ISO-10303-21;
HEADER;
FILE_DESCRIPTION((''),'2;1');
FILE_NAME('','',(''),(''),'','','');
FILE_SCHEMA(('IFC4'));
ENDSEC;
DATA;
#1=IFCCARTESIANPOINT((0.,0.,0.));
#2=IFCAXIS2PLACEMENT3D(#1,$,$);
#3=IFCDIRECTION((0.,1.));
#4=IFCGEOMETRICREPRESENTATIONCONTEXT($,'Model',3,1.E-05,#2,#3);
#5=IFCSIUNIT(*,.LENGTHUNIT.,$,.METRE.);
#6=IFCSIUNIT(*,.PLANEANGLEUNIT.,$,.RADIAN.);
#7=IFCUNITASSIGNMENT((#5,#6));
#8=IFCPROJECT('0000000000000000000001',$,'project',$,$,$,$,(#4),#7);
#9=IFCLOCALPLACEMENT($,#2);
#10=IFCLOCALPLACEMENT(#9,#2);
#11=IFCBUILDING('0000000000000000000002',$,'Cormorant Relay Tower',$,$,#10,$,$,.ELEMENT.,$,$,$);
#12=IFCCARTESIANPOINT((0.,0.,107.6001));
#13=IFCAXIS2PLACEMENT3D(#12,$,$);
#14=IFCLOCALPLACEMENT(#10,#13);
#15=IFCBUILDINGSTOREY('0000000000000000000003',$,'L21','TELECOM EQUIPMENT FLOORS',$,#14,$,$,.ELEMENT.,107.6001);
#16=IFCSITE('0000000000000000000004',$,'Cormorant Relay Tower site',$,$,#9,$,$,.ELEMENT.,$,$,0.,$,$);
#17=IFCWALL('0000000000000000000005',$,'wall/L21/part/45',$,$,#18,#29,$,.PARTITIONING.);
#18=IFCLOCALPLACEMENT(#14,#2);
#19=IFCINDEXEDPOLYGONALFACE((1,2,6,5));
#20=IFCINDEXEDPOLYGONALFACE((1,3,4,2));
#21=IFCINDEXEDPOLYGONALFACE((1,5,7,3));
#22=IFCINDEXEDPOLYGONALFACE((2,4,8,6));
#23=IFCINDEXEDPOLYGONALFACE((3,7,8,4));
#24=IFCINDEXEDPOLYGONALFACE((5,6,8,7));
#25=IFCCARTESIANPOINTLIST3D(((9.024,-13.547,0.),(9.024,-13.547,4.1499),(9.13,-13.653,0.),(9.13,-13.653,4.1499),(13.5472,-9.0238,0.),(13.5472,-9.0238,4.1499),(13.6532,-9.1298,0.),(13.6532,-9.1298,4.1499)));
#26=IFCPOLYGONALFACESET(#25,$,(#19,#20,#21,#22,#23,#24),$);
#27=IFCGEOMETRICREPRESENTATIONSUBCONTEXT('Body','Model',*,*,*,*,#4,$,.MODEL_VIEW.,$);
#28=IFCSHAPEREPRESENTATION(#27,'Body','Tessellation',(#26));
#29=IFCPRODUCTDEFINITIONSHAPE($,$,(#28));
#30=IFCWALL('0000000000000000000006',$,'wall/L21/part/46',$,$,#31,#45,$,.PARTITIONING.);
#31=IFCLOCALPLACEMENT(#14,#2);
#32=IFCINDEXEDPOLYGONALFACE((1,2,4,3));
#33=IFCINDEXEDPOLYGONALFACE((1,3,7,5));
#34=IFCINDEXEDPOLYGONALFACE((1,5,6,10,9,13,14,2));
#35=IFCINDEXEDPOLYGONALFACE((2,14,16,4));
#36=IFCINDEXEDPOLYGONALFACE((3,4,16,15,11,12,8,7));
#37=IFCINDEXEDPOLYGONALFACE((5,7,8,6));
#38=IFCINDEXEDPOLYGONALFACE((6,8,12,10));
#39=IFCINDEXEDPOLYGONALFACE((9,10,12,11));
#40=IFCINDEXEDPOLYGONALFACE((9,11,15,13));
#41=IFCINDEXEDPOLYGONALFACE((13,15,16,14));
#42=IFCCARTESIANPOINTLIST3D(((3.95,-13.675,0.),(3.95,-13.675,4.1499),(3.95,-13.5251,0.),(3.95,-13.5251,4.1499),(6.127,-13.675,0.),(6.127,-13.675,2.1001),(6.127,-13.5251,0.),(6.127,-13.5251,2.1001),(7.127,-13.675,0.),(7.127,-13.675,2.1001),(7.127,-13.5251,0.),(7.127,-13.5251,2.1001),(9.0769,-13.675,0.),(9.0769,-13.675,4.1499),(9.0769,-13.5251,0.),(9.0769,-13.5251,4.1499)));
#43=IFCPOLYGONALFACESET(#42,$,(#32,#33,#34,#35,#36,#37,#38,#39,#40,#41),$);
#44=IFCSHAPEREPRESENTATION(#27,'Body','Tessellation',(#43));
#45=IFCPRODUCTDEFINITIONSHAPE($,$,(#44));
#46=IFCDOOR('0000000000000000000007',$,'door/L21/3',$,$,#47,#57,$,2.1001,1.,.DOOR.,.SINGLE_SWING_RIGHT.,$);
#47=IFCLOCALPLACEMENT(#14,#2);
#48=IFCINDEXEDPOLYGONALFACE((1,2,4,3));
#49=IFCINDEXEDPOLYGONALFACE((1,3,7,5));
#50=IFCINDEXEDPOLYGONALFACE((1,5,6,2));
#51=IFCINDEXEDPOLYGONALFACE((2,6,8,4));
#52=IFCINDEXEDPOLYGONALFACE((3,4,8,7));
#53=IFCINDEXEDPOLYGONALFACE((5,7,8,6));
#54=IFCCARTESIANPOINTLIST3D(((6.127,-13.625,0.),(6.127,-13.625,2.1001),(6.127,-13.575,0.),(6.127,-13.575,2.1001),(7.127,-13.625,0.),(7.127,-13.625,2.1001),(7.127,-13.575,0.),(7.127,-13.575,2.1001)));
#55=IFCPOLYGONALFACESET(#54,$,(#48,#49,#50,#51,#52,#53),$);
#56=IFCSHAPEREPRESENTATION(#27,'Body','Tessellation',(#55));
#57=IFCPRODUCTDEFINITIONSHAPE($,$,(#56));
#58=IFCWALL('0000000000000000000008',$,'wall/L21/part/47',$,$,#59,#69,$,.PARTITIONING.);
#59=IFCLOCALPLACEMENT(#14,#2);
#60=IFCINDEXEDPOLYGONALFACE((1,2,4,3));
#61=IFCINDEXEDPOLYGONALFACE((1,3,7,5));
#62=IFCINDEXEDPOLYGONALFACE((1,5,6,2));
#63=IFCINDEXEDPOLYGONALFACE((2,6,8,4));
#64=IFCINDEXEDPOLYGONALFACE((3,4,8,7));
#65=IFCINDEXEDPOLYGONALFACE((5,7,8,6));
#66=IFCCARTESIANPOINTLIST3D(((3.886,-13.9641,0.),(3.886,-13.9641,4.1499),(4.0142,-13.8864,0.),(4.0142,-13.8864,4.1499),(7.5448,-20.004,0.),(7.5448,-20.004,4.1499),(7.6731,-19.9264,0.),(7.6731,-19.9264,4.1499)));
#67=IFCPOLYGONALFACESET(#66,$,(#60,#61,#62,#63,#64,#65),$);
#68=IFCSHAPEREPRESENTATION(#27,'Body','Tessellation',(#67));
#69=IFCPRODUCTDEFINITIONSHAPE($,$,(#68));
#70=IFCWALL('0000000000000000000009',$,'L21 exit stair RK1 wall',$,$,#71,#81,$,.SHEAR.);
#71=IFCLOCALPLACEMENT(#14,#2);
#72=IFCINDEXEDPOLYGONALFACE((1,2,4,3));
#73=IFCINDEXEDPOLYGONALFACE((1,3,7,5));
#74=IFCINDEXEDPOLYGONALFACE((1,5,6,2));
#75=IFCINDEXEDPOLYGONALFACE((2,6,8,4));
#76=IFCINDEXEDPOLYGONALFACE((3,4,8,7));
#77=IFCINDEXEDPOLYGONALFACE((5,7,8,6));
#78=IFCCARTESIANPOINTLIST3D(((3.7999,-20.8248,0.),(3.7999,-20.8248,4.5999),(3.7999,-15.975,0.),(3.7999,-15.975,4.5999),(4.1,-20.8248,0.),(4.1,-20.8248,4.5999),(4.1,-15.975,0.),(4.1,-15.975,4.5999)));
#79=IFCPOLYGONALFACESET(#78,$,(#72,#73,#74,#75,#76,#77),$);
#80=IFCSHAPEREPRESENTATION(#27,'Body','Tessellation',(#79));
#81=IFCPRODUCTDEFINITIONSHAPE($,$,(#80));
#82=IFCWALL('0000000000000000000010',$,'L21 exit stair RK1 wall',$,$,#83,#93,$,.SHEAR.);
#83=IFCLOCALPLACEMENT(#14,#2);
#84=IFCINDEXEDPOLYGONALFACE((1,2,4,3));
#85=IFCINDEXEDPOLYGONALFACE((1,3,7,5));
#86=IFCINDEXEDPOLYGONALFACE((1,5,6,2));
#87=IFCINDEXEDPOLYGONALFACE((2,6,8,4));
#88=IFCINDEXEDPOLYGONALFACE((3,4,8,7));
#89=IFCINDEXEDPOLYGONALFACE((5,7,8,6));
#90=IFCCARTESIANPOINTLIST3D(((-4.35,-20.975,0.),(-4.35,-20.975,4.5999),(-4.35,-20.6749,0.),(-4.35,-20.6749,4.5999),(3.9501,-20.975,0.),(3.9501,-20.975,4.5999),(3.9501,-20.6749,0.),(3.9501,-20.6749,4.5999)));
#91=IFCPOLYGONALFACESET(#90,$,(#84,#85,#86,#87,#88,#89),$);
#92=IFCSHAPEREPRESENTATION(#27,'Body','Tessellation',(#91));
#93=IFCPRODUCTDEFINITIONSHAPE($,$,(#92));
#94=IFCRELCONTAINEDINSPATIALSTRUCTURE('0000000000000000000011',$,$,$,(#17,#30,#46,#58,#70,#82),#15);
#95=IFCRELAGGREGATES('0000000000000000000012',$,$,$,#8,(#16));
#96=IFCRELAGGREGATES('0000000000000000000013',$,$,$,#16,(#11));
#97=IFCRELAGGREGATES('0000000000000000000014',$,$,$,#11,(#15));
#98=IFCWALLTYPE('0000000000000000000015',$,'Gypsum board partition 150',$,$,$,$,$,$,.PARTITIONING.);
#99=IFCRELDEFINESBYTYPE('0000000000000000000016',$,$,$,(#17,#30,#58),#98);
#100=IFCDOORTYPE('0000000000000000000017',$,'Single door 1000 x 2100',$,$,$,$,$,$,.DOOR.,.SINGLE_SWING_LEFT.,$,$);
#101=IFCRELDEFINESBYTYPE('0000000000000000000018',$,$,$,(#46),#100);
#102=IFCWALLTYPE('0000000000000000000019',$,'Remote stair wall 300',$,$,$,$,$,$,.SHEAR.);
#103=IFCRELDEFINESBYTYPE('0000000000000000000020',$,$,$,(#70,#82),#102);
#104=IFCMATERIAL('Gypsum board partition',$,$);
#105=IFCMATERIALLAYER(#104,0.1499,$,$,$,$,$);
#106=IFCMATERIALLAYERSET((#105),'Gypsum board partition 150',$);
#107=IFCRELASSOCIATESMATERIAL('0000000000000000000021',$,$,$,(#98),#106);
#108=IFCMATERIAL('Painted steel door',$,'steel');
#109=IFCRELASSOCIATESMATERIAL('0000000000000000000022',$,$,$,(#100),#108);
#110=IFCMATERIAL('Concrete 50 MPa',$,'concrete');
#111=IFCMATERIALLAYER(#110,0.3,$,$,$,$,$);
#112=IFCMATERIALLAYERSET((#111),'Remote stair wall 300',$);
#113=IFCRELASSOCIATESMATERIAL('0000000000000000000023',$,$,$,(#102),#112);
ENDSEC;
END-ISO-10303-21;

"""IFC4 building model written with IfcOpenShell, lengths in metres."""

from ifc_helpers import new_model, si_unit, direction, frame, frame_2d, origin, place, context, subcontext, project, spatial, rectangle, extrude, material, layer, layer_set, type_object, element, fill, save


model = new_model("IFC4")

# Units and contexts
model_context = context("Model", 3, precision=1e-05, world=origin(), true_north=direction((0.0, 1.0)))
body_context = subcontext(model_context, "Body", "Model", "MODEL_VIEW")
ifc_project = project(units=[si_unit("LENGTHUNIT", "METRE"), si_unit("PLANEANGLEUNIT", "RADIAN")], contexts=[model_context])

# Site, building, storey
site_placement = place(None, origin())
site = spatial("IfcSite", under=ifc_project, at=site_placement, Name="Cormorant Relay Tower site", CompositionType="ELEMENT", RefElevation=0.0)
building_placement = place(site_placement, origin())
building = spatial("IfcBuilding", under=site, at=building_placement, Name="Cormorant Relay Tower", CompositionType="ELEMENT")
storey_placement = place(building_placement, frame((0.0, 0.0, 107.6001)))
storey = spatial("IfcBuildingStorey", under=building, at=storey_placement, Name="L21", Description="TELECOM EQUIPMENT FLOORS", CompositionType="ELEMENT", Elevation=107.6001)

# Wall
ifc_material_1 = material(Name="Gypsum board partition")
ifc_layer_1 = layer(ifc_material_1, 0.1499)
ifc_layer_set_1 = layer_set([ifc_layer_1], Name="Gypsum board partition 150")
wall_type_1 = type_object("IfcWallType", Name="Gypsum board partition 150", PredefinedType="PARTITIONING", material=ifc_layer_set_1)
wall_1_placement = place(storey_placement, frame((13.6001, -9.0769, 0.0), z_axis=(0.0, 0.0, 1.0), x_axis=(-0.707107, -0.707107, 0.0)))
element("IfcWall", 1, at=wall_1_placement, inside=storey, type_object=wall_type_1, Name="wall/L21/part/45", PredefinedType="PARTITIONING", context=body_context, shape_type="SweptSolid", body=[
    extrude(rectangle(XDim=6.3967, YDim=0.1499, at=frame_2d((3.1982, 0.0))), origin(), (0.0, 0.0, 1.0), 4.1499),
])

# Wall, opening, door
wall_2_placement = place(storey_placement, frame((9.0769, -13.6001, 0.0), z_axis=(0.0, 0.0, 1.0), x_axis=(-1.0, 0.0, 0.0)))
wall_2 = element("IfcWall", 2, at=wall_2_placement, inside=storey, type_object=wall_type_1, Name="wall/L21/part/46", PredefinedType="PARTITIONING", context=body_context, shape_type="SweptSolid", body=[
    extrude(rectangle(XDim=5.127, YDim=0.1499, at=frame_2d((2.5635, 0.0))), origin(), (0.0, 0.0, 1.0), 4.1499),
])
opening_1_placement = place(wall_2_placement, frame((1.95, 0.0, 0.0)))
opening_1 = element("IfcOpeningElement", 3, at=opening_1_placement, cuts=wall_2, PredefinedType="OPENING", context=body_context, shape_type="SweptSolid", body=[
    extrude(rectangle(XDim=1.0, YDim=2.1001, at=frame_2d((0.5, 1.05))), frame((0.0, 0.085, 0.0), z_axis=(0.0, -1.0, 0.0), x_axis=(1.0, 0.0, 0.0)), (0.0, 0.0, 1.0), 0.1699),
])
ifc_material_2 = material(Name="Painted steel door", Category="steel")
door_type_1 = type_object("IfcDoorType", Name="Single door 1000 x 2100", OperationType="SINGLE_SWING_LEFT", PredefinedType="DOOR", material=ifc_material_2)
door_1_placement = place(opening_1_placement, origin())
door_1 = element("IfcDoor", 4, at=door_1_placement, inside=storey, type_object=door_type_1, Name="door/L21/3", OperationType="SINGLE_SWING_RIGHT", OverallHeight=2.1001, OverallWidth=1.0, PredefinedType="DOOR", context=body_context, shape_type="SweptSolid", body=[
    extrude(rectangle(XDim=1.0, YDim=2.1001, at=frame_2d((0.5, 1.05))), frame((0.0, 0.0249, 0.0), z_axis=(0.0, -1.0, 0.0), x_axis=(1.0, 0.0, 0.0)), (0.0, 0.0, 1.0), 0.05),
])
fill(opening_1, door_1)

# Walls
wall_3_placement = place(storey_placement, frame((7.6089, -19.9651, 0.0), z_axis=(0.0, 0.0, 1.0), x_axis=(-0.518126, 0.855304, 0.0)))
element("IfcWall", 5, at=wall_3_placement, inside=storey, type_object=wall_type_1, Name="wall/L21/part/47", PredefinedType="PARTITIONING", context=body_context, shape_type="SweptSolid", body=[
    extrude(rectangle(XDim=7.0618, YDim=0.1499, at=frame_2d((3.5308, 0.0))), origin(), (0.0, 0.0, 1.0), 4.1499),
])
ifc_material_3 = material(Name="Concrete 50 MPa", Category="concrete")
ifc_layer_2 = layer(ifc_material_3, 0.3)
ifc_layer_set_2 = layer_set([ifc_layer_2], Name="Remote stair wall 300")
wall_type_2 = type_object("IfcWallType", Name="Remote stair wall 300", PredefinedType="SHEAR", material=ifc_layer_set_2)
wall_4_placement = place(storey_placement, frame((3.95, -15.9751, 0.0), z_axis=(0.0, 0.0, 1.0), x_axis=(0.0, -1.0, 0.0)))
element("IfcWall", 6, at=wall_4_placement, inside=storey, type_object=wall_type_2, Name="L21 exit stair RK1 wall", PredefinedType="SHEAR", context=body_context, shape_type="SweptSolid", body=[
    extrude(rectangle(XDim=4.8499, YDim=0.3, at=frame_2d((2.4248, 0.0))), origin(), (0.0, 0.0, 1.0), 4.5999),
])
wall_5_placement = place(storey_placement, frame((3.95, -20.825, 0.0), z_axis=(0.0, 0.0, 1.0), x_axis=(-1.0, 0.0, 0.0)))
element("IfcWall", 7, at=wall_5_placement, inside=storey, type_object=wall_type_2, Name="L21 exit stair RK1 wall", PredefinedType="SHEAR", context=body_context, shape_type="SweptSolid", body=[
    extrude(rectangle(XDim=8.3, YDim=0.3, at=frame_2d((4.1499, 0.0))), origin(), (0.0, 0.0, 1.0), 4.5999),
])

save(model, "model.ifc")
